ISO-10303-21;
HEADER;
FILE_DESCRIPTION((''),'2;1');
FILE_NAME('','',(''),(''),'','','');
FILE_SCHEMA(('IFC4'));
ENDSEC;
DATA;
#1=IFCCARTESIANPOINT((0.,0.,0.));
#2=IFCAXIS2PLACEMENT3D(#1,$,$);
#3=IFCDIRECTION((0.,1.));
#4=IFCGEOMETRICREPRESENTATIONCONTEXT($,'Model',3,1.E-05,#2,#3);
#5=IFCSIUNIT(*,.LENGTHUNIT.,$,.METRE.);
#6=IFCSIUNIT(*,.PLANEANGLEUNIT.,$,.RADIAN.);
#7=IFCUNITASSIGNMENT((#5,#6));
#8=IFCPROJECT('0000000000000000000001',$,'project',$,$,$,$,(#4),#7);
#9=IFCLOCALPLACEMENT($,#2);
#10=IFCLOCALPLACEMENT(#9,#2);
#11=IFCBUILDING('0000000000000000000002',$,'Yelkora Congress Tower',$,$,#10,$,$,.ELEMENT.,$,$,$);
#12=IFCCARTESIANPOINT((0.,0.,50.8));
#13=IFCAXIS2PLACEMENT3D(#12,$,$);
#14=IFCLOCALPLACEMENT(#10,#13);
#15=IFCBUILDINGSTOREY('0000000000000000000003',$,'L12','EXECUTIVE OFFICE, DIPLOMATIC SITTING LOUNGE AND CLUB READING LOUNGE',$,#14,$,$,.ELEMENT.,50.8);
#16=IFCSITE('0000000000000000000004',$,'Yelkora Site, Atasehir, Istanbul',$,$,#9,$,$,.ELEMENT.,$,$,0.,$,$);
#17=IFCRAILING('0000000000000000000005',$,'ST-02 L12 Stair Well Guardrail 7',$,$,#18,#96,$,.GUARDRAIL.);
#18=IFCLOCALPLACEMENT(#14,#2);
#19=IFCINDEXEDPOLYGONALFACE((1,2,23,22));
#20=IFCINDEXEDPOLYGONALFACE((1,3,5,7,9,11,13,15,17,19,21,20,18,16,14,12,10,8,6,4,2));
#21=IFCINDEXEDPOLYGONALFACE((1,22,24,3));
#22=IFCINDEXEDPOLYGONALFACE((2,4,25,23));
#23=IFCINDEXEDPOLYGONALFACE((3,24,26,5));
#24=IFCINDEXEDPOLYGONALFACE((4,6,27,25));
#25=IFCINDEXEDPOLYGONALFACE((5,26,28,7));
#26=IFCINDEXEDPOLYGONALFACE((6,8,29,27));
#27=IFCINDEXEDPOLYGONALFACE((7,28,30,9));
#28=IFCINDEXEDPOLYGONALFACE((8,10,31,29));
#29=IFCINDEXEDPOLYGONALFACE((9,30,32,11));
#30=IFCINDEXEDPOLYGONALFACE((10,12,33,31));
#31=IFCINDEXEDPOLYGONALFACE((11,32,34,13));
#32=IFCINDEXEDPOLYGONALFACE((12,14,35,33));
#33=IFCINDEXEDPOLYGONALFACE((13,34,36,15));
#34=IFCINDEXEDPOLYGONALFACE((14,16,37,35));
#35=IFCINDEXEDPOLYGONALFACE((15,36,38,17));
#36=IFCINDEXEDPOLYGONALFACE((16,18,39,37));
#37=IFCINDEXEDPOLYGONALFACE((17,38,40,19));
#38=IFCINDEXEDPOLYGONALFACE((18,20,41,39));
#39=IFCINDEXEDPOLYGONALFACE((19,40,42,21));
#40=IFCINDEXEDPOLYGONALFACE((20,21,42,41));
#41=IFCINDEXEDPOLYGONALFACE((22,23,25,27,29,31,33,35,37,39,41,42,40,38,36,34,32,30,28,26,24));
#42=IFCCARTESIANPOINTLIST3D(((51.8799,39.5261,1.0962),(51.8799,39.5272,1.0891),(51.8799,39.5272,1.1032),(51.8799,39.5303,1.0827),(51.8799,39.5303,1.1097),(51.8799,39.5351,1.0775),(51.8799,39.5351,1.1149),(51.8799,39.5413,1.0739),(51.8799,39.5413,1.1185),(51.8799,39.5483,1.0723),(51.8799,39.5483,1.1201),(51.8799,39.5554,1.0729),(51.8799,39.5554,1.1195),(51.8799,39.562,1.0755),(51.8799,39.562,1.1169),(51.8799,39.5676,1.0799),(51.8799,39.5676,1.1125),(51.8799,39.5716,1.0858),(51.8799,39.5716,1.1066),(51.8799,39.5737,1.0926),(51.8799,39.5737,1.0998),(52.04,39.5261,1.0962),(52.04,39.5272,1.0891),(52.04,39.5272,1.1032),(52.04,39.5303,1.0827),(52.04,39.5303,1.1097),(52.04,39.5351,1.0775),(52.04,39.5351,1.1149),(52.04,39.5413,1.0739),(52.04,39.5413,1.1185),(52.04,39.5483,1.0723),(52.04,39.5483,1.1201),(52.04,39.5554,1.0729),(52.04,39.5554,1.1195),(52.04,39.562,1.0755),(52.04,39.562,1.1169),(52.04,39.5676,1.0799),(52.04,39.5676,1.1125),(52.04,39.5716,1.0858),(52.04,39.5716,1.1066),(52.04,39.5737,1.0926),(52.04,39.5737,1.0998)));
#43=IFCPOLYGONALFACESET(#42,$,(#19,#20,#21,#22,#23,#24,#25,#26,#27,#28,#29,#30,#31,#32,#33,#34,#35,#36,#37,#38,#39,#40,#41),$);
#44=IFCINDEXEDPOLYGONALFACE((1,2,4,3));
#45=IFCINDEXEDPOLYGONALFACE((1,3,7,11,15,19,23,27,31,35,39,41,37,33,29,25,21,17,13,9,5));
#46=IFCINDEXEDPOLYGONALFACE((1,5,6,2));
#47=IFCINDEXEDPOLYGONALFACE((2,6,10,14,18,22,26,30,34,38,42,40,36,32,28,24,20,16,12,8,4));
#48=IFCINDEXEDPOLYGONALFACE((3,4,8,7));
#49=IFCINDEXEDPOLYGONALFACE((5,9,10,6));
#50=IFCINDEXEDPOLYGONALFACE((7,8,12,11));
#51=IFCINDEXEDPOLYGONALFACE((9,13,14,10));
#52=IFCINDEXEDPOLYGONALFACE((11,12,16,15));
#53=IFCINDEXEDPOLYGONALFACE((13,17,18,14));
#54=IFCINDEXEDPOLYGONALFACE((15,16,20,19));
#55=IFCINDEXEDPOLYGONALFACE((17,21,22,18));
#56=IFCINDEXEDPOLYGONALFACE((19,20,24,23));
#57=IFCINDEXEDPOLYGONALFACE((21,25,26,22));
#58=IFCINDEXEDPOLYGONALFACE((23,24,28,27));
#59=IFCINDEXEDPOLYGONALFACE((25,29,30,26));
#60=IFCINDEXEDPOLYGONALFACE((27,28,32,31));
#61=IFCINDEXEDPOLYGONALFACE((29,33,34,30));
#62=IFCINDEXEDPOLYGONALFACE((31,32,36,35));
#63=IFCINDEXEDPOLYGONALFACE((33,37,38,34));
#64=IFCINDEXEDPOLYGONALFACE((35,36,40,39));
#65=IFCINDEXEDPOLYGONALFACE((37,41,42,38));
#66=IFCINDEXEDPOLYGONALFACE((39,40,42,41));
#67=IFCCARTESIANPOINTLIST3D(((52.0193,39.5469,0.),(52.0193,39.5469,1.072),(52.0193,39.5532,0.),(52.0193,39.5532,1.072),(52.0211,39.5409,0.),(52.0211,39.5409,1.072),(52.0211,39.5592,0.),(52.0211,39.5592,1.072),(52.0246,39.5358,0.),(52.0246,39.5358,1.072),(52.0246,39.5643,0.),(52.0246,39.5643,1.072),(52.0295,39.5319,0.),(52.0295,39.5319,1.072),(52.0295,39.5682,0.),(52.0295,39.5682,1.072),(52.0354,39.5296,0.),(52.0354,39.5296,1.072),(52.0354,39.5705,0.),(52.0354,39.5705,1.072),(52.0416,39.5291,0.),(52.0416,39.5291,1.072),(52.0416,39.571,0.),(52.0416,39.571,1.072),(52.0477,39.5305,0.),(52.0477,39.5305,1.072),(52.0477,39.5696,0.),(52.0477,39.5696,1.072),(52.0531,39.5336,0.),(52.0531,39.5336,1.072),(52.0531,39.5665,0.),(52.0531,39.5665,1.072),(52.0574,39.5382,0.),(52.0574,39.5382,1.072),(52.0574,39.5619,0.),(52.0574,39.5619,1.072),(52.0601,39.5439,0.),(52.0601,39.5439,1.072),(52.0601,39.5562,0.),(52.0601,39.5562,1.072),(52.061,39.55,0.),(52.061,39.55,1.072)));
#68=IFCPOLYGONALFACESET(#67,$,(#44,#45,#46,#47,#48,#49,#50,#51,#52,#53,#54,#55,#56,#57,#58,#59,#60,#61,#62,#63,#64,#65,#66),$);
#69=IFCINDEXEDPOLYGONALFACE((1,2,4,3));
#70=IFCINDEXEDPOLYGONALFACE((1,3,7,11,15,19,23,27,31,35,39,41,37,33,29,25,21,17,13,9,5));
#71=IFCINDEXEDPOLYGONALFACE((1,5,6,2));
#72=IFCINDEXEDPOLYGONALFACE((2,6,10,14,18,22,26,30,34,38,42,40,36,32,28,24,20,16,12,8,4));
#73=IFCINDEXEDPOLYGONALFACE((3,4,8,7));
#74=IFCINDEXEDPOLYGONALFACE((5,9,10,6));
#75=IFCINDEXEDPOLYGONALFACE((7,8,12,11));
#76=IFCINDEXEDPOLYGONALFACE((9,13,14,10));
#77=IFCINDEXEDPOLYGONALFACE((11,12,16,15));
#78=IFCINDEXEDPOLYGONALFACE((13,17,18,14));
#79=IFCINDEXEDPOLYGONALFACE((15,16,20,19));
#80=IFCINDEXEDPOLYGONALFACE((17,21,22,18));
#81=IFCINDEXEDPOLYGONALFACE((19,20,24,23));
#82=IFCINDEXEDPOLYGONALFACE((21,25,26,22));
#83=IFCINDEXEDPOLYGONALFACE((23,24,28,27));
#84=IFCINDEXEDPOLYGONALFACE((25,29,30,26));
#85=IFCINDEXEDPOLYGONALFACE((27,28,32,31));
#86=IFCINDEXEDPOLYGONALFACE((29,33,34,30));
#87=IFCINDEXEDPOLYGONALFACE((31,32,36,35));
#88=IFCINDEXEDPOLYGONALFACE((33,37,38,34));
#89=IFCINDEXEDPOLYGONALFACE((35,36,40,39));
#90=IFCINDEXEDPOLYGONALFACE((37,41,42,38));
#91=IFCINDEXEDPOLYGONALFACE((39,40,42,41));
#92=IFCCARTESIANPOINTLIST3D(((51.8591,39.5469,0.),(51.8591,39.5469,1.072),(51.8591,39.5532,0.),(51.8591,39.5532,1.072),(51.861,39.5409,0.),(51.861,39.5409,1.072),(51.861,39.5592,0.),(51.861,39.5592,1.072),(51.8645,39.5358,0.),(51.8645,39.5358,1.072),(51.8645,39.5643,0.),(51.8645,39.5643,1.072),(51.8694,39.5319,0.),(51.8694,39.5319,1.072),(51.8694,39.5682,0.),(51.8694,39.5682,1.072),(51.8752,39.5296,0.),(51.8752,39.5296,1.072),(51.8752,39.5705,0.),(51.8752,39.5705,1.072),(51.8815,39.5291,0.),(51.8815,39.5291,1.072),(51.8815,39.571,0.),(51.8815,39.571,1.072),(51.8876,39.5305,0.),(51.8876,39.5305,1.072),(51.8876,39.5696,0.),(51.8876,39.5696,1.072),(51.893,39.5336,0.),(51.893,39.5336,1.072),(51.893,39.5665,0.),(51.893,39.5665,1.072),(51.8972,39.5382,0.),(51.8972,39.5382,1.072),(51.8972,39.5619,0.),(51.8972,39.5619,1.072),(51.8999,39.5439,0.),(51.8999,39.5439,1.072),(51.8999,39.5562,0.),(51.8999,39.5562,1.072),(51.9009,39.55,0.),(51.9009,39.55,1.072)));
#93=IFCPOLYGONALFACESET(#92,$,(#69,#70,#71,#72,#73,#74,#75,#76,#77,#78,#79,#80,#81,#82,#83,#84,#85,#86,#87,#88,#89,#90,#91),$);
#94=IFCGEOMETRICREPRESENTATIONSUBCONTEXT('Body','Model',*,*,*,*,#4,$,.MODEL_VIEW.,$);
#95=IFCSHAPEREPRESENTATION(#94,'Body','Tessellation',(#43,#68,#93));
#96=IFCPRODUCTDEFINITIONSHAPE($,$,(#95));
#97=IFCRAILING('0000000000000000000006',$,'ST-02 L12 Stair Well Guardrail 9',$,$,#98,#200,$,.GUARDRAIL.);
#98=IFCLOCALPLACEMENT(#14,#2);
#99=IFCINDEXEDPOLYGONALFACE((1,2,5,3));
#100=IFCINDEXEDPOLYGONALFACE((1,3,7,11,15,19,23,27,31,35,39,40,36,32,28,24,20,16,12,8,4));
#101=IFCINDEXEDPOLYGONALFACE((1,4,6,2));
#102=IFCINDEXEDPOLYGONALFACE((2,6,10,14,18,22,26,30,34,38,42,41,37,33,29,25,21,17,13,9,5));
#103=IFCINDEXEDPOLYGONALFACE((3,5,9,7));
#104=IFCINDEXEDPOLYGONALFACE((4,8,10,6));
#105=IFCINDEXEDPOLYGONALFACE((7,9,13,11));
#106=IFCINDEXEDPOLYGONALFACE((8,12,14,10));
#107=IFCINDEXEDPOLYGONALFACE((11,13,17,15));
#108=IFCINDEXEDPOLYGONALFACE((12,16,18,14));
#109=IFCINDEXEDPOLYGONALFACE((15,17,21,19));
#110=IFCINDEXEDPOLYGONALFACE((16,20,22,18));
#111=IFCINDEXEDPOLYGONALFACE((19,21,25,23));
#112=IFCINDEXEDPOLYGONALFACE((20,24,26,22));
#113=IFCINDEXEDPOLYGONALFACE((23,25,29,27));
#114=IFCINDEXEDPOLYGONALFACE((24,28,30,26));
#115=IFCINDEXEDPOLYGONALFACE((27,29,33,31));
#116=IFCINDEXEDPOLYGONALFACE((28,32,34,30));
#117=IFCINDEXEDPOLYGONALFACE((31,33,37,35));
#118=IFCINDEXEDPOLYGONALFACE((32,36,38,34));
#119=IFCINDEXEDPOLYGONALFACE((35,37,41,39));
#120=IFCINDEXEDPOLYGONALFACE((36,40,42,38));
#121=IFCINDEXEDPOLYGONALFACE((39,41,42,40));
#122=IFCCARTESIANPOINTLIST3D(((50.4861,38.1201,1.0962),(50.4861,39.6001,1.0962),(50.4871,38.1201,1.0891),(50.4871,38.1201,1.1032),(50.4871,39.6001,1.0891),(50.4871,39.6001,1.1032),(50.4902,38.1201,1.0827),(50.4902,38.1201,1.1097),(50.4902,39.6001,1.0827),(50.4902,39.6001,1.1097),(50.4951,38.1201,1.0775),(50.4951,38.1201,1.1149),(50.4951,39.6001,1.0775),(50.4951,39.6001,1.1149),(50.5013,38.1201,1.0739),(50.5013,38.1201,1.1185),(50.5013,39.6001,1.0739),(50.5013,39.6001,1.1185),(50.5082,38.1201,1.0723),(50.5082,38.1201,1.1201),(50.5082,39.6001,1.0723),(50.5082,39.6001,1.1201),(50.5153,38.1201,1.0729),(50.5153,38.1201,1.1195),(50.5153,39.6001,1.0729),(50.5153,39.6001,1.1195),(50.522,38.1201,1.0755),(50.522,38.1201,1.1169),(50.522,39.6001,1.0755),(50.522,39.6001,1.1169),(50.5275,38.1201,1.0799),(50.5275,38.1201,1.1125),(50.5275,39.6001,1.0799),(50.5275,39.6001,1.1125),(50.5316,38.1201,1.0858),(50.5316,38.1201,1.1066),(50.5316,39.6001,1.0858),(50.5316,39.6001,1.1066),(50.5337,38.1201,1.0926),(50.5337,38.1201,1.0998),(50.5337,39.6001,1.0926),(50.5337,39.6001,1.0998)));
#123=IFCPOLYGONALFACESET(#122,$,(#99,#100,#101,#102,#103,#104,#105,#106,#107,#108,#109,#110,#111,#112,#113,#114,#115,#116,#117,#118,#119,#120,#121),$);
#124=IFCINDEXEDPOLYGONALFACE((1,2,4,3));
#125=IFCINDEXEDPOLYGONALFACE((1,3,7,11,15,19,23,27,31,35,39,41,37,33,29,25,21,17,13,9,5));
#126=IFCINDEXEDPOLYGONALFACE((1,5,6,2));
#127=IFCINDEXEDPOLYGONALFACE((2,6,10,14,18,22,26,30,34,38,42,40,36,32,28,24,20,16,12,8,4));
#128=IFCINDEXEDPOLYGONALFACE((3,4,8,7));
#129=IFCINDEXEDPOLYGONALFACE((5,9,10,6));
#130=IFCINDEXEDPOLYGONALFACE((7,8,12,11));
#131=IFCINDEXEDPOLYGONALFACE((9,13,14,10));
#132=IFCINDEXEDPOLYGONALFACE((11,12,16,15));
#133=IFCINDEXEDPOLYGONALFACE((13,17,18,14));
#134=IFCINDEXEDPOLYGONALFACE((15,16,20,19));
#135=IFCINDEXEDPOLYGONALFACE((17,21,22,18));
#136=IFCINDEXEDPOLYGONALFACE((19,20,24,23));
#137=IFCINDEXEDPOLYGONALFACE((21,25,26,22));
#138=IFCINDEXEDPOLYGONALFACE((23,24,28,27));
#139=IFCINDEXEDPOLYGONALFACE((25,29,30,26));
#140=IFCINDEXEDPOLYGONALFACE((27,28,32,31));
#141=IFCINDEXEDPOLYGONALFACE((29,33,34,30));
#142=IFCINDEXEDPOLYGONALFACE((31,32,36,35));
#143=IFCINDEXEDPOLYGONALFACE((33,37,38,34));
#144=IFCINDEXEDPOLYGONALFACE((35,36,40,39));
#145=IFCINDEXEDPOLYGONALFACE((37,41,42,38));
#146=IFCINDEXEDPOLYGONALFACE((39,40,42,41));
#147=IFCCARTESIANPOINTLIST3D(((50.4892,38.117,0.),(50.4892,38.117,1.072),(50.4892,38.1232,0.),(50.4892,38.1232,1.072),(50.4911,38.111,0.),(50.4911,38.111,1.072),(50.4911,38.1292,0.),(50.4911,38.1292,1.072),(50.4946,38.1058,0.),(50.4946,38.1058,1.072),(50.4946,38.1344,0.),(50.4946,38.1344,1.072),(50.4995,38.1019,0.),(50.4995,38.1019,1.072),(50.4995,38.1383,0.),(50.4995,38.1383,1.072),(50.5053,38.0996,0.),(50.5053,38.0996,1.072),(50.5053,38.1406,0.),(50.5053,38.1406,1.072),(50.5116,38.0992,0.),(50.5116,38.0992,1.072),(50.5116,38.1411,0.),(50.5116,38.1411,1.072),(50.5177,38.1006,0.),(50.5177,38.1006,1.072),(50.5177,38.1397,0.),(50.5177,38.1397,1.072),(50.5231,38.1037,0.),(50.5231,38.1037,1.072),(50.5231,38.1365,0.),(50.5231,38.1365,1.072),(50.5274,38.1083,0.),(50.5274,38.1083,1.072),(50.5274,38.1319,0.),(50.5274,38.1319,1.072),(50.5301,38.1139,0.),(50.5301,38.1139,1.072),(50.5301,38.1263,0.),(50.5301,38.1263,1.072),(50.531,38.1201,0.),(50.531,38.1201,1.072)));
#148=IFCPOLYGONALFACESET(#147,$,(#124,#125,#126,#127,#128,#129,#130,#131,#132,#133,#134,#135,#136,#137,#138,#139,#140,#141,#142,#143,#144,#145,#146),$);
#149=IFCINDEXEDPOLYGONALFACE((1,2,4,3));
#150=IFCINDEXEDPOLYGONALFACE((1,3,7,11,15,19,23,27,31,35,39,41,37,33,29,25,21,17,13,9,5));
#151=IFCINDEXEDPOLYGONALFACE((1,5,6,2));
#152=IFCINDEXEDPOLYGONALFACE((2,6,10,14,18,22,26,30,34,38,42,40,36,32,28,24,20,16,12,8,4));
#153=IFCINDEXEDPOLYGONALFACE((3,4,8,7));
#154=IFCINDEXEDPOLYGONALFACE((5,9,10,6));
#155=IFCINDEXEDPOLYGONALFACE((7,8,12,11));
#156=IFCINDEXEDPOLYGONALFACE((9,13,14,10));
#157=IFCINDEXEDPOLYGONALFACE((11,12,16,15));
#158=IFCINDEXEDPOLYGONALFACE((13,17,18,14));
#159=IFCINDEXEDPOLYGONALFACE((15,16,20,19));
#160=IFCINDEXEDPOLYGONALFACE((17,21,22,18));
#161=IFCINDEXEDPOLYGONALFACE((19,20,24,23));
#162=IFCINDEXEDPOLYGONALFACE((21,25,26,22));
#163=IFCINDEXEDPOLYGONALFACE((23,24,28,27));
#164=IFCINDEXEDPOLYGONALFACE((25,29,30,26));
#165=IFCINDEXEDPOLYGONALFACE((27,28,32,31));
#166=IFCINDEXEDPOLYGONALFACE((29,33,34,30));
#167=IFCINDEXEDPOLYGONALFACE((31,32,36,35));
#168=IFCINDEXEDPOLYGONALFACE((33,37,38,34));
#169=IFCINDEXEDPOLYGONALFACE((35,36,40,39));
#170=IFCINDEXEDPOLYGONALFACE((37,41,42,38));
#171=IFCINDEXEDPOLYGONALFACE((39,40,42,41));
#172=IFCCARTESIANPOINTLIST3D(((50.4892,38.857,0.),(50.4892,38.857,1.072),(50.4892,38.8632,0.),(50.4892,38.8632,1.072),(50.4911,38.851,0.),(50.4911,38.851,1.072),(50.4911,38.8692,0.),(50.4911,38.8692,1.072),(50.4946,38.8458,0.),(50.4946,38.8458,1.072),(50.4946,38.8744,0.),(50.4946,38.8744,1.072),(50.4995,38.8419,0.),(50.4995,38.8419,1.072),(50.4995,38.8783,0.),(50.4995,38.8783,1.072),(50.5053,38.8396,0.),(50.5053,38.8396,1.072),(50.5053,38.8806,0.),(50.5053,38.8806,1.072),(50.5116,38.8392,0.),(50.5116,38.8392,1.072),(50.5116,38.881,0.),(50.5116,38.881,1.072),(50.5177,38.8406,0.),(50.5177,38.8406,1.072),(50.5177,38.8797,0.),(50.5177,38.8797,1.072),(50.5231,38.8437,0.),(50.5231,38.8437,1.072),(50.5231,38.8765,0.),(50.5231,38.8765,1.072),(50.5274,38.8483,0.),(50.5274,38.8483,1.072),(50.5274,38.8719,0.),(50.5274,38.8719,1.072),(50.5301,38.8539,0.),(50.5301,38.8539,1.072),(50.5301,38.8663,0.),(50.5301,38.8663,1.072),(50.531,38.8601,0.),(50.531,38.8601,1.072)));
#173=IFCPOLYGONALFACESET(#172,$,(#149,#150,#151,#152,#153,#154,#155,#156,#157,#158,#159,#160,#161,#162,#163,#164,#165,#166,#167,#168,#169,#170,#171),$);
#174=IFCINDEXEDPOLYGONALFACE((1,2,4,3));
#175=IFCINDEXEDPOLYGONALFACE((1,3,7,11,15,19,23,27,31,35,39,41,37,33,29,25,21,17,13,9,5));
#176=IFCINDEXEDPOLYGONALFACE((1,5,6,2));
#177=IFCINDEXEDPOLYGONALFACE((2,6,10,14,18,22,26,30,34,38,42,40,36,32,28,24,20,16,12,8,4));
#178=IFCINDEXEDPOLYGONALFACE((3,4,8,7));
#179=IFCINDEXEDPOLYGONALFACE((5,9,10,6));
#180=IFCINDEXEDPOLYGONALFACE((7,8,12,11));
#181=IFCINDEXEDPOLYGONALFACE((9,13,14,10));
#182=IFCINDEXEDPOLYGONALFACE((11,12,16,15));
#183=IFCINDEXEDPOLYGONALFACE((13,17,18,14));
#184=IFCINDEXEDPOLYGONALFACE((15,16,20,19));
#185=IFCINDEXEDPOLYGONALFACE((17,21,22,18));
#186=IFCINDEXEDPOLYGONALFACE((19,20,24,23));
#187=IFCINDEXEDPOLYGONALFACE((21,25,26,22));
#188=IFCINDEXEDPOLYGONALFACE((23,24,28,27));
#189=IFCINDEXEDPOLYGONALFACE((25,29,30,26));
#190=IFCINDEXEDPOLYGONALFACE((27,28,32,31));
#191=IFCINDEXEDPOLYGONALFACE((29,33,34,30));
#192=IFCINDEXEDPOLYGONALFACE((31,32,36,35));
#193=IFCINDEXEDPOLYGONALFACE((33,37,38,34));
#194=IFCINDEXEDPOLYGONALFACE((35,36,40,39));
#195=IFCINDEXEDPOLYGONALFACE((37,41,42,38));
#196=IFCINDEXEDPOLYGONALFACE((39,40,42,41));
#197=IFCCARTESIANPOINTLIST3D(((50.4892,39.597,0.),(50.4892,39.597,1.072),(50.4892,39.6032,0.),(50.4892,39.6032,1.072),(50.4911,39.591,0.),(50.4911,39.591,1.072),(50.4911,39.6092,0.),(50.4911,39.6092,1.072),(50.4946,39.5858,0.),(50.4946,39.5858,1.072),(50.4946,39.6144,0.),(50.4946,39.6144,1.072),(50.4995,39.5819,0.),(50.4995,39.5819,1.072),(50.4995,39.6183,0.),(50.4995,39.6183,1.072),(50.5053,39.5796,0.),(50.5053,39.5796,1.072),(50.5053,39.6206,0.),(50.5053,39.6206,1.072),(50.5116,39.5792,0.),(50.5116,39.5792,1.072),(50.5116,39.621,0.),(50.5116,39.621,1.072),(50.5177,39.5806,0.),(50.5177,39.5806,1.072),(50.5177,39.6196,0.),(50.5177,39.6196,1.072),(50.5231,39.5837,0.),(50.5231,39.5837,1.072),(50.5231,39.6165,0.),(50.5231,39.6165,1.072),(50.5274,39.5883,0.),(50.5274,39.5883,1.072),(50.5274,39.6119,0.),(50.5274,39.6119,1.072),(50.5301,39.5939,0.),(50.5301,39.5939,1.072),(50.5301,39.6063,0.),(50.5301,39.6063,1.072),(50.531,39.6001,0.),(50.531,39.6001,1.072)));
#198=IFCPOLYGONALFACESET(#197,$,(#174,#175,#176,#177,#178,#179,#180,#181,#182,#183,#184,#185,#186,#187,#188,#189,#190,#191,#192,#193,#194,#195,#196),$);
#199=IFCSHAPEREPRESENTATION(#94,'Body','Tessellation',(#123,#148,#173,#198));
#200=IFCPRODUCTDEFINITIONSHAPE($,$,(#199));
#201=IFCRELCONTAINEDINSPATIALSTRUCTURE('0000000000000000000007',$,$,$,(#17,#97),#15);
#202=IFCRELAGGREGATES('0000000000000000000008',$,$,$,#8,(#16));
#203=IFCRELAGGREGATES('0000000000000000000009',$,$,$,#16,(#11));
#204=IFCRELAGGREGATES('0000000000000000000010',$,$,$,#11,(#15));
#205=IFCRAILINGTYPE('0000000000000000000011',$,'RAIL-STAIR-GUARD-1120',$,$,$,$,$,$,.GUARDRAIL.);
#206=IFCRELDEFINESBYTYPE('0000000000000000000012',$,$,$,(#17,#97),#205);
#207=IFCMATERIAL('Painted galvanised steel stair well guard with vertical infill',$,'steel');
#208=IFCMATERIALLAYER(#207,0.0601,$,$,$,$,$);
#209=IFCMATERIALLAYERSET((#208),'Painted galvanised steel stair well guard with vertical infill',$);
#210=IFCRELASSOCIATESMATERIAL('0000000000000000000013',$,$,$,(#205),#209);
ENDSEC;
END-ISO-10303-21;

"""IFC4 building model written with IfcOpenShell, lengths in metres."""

from ifc_helpers import new_model, si_unit, direction, frame, origin, origin_2d, place, context, subcontext, project, spatial, circle, extrude, material, layer, layer_set, type_object, element, save


model = new_model("IFC4")

# Units and contexts
model_context = context("Model", 3, precision=1e-05, world=origin(), true_north=direction((0.0, 1.0)))
body_context = subcontext(model_context, "Body", "Model", "MODEL_VIEW")
ifc_project = project(units=[si_unit("LENGTHUNIT", "METRE"), si_unit("PLANEANGLEUNIT", "RADIAN")], contexts=[model_context])

# Site, building, storey
site_placement = place(None, origin())
site = spatial("IfcSite", under=ifc_project, at=site_placement, Name="Yelkora Site, Atasehir, Istanbul", CompositionType="ELEMENT", RefElevation=0.0)
building_placement = place(site_placement, origin())
building = spatial("IfcBuilding", under=site, at=building_placement, Name="Yelkora Congress Tower", CompositionType="ELEMENT")
storey_placement = place(building_placement, frame((0.0, 0.0, 50.8)))
storey = spatial("IfcBuildingStorey", under=building, at=storey_placement, Name="L12", Description="EXECUTIVE OFFICE, DIPLOMATIC SITTING LOUNGE AND CLUB READING LOUNGE", CompositionType="ELEMENT", Elevation=50.8)

# Railings
ifc_material_1 = material(Name="Painted galvanised steel stair well guard with vertical infill", Category="steel")
ifc_layer_1 = layer(ifc_material_1, 0.0601)
ifc_layer_set_1 = layer_set([ifc_layer_1], Name="Painted galvanised steel stair well guard with vertical infill")
railing_type_1 = type_object("IfcRailingType", Name="RAIL-STAIR-GUARD-1120", PredefinedType="GUARDRAIL", material=ifc_layer_set_1)
railing_1_placement = place(storey_placement, frame((52.04, 39.55, 0.0)))
element("IfcRailing", 1, at=railing_1_placement, inside=storey, type_object=railing_type_1, Name="ST-02 L12 Stair Well Guardrail 7", PredefinedType="GUARDRAIL", context=body_context, shape_type="SweptSolid", body=[
    extrude(circle(Radius=0.0239, at=origin_2d()), frame((0.0, 0.0, 1.0962), z_axis=(-1.0, 0.0, 0.0), x_axis=(0.0, -1.0, 0.0)), (0.0, 0.0, 1.0), 0.1602),
    extrude(circle(Radius=0.021, at=origin_2d()), origin(), (0.0, 0.0, 1.0), 1.072),
    extrude(circle(Radius=0.021, at=origin_2d()), frame((-0.1602, 0.0, 0.0)), (0.0, 0.0, 1.0), 1.072),
])
railing_2_placement = place(storey_placement, frame((50.51, 38.1201, 0.0)))
element("IfcRailing", 2, at=railing_2_placement, inside=storey, type_object=railing_type_1, Name="ST-02 L12 Stair Well Guardrail 9", PredefinedType="GUARDRAIL", context=body_context, shape_type="SweptSolid", body=[
    extrude(circle(Radius=0.0239, at=origin_2d()), frame((0.0, 0.0, 1.0962), z_axis=(0.0, 1.0, 0.0), x_axis=(-1.0, 0.0, 0.0)), (0.0, 0.0, 1.0), 1.48),
    extrude(circle(Radius=0.021, at=origin_2d()), origin(), (0.0, 0.0, 1.0), 1.072),
    extrude(circle(Radius=0.021, at=origin_2d()), frame((0.0, 0.74, 0.0)), (0.0, 0.0, 1.0), 1.072),
    extrude(circle(Radius=0.021, at=origin_2d()), frame((0.0, 1.48, 0.0)), (0.0, 0.0, 1.0), 1.072),
])

save(model, "model.ifc")
